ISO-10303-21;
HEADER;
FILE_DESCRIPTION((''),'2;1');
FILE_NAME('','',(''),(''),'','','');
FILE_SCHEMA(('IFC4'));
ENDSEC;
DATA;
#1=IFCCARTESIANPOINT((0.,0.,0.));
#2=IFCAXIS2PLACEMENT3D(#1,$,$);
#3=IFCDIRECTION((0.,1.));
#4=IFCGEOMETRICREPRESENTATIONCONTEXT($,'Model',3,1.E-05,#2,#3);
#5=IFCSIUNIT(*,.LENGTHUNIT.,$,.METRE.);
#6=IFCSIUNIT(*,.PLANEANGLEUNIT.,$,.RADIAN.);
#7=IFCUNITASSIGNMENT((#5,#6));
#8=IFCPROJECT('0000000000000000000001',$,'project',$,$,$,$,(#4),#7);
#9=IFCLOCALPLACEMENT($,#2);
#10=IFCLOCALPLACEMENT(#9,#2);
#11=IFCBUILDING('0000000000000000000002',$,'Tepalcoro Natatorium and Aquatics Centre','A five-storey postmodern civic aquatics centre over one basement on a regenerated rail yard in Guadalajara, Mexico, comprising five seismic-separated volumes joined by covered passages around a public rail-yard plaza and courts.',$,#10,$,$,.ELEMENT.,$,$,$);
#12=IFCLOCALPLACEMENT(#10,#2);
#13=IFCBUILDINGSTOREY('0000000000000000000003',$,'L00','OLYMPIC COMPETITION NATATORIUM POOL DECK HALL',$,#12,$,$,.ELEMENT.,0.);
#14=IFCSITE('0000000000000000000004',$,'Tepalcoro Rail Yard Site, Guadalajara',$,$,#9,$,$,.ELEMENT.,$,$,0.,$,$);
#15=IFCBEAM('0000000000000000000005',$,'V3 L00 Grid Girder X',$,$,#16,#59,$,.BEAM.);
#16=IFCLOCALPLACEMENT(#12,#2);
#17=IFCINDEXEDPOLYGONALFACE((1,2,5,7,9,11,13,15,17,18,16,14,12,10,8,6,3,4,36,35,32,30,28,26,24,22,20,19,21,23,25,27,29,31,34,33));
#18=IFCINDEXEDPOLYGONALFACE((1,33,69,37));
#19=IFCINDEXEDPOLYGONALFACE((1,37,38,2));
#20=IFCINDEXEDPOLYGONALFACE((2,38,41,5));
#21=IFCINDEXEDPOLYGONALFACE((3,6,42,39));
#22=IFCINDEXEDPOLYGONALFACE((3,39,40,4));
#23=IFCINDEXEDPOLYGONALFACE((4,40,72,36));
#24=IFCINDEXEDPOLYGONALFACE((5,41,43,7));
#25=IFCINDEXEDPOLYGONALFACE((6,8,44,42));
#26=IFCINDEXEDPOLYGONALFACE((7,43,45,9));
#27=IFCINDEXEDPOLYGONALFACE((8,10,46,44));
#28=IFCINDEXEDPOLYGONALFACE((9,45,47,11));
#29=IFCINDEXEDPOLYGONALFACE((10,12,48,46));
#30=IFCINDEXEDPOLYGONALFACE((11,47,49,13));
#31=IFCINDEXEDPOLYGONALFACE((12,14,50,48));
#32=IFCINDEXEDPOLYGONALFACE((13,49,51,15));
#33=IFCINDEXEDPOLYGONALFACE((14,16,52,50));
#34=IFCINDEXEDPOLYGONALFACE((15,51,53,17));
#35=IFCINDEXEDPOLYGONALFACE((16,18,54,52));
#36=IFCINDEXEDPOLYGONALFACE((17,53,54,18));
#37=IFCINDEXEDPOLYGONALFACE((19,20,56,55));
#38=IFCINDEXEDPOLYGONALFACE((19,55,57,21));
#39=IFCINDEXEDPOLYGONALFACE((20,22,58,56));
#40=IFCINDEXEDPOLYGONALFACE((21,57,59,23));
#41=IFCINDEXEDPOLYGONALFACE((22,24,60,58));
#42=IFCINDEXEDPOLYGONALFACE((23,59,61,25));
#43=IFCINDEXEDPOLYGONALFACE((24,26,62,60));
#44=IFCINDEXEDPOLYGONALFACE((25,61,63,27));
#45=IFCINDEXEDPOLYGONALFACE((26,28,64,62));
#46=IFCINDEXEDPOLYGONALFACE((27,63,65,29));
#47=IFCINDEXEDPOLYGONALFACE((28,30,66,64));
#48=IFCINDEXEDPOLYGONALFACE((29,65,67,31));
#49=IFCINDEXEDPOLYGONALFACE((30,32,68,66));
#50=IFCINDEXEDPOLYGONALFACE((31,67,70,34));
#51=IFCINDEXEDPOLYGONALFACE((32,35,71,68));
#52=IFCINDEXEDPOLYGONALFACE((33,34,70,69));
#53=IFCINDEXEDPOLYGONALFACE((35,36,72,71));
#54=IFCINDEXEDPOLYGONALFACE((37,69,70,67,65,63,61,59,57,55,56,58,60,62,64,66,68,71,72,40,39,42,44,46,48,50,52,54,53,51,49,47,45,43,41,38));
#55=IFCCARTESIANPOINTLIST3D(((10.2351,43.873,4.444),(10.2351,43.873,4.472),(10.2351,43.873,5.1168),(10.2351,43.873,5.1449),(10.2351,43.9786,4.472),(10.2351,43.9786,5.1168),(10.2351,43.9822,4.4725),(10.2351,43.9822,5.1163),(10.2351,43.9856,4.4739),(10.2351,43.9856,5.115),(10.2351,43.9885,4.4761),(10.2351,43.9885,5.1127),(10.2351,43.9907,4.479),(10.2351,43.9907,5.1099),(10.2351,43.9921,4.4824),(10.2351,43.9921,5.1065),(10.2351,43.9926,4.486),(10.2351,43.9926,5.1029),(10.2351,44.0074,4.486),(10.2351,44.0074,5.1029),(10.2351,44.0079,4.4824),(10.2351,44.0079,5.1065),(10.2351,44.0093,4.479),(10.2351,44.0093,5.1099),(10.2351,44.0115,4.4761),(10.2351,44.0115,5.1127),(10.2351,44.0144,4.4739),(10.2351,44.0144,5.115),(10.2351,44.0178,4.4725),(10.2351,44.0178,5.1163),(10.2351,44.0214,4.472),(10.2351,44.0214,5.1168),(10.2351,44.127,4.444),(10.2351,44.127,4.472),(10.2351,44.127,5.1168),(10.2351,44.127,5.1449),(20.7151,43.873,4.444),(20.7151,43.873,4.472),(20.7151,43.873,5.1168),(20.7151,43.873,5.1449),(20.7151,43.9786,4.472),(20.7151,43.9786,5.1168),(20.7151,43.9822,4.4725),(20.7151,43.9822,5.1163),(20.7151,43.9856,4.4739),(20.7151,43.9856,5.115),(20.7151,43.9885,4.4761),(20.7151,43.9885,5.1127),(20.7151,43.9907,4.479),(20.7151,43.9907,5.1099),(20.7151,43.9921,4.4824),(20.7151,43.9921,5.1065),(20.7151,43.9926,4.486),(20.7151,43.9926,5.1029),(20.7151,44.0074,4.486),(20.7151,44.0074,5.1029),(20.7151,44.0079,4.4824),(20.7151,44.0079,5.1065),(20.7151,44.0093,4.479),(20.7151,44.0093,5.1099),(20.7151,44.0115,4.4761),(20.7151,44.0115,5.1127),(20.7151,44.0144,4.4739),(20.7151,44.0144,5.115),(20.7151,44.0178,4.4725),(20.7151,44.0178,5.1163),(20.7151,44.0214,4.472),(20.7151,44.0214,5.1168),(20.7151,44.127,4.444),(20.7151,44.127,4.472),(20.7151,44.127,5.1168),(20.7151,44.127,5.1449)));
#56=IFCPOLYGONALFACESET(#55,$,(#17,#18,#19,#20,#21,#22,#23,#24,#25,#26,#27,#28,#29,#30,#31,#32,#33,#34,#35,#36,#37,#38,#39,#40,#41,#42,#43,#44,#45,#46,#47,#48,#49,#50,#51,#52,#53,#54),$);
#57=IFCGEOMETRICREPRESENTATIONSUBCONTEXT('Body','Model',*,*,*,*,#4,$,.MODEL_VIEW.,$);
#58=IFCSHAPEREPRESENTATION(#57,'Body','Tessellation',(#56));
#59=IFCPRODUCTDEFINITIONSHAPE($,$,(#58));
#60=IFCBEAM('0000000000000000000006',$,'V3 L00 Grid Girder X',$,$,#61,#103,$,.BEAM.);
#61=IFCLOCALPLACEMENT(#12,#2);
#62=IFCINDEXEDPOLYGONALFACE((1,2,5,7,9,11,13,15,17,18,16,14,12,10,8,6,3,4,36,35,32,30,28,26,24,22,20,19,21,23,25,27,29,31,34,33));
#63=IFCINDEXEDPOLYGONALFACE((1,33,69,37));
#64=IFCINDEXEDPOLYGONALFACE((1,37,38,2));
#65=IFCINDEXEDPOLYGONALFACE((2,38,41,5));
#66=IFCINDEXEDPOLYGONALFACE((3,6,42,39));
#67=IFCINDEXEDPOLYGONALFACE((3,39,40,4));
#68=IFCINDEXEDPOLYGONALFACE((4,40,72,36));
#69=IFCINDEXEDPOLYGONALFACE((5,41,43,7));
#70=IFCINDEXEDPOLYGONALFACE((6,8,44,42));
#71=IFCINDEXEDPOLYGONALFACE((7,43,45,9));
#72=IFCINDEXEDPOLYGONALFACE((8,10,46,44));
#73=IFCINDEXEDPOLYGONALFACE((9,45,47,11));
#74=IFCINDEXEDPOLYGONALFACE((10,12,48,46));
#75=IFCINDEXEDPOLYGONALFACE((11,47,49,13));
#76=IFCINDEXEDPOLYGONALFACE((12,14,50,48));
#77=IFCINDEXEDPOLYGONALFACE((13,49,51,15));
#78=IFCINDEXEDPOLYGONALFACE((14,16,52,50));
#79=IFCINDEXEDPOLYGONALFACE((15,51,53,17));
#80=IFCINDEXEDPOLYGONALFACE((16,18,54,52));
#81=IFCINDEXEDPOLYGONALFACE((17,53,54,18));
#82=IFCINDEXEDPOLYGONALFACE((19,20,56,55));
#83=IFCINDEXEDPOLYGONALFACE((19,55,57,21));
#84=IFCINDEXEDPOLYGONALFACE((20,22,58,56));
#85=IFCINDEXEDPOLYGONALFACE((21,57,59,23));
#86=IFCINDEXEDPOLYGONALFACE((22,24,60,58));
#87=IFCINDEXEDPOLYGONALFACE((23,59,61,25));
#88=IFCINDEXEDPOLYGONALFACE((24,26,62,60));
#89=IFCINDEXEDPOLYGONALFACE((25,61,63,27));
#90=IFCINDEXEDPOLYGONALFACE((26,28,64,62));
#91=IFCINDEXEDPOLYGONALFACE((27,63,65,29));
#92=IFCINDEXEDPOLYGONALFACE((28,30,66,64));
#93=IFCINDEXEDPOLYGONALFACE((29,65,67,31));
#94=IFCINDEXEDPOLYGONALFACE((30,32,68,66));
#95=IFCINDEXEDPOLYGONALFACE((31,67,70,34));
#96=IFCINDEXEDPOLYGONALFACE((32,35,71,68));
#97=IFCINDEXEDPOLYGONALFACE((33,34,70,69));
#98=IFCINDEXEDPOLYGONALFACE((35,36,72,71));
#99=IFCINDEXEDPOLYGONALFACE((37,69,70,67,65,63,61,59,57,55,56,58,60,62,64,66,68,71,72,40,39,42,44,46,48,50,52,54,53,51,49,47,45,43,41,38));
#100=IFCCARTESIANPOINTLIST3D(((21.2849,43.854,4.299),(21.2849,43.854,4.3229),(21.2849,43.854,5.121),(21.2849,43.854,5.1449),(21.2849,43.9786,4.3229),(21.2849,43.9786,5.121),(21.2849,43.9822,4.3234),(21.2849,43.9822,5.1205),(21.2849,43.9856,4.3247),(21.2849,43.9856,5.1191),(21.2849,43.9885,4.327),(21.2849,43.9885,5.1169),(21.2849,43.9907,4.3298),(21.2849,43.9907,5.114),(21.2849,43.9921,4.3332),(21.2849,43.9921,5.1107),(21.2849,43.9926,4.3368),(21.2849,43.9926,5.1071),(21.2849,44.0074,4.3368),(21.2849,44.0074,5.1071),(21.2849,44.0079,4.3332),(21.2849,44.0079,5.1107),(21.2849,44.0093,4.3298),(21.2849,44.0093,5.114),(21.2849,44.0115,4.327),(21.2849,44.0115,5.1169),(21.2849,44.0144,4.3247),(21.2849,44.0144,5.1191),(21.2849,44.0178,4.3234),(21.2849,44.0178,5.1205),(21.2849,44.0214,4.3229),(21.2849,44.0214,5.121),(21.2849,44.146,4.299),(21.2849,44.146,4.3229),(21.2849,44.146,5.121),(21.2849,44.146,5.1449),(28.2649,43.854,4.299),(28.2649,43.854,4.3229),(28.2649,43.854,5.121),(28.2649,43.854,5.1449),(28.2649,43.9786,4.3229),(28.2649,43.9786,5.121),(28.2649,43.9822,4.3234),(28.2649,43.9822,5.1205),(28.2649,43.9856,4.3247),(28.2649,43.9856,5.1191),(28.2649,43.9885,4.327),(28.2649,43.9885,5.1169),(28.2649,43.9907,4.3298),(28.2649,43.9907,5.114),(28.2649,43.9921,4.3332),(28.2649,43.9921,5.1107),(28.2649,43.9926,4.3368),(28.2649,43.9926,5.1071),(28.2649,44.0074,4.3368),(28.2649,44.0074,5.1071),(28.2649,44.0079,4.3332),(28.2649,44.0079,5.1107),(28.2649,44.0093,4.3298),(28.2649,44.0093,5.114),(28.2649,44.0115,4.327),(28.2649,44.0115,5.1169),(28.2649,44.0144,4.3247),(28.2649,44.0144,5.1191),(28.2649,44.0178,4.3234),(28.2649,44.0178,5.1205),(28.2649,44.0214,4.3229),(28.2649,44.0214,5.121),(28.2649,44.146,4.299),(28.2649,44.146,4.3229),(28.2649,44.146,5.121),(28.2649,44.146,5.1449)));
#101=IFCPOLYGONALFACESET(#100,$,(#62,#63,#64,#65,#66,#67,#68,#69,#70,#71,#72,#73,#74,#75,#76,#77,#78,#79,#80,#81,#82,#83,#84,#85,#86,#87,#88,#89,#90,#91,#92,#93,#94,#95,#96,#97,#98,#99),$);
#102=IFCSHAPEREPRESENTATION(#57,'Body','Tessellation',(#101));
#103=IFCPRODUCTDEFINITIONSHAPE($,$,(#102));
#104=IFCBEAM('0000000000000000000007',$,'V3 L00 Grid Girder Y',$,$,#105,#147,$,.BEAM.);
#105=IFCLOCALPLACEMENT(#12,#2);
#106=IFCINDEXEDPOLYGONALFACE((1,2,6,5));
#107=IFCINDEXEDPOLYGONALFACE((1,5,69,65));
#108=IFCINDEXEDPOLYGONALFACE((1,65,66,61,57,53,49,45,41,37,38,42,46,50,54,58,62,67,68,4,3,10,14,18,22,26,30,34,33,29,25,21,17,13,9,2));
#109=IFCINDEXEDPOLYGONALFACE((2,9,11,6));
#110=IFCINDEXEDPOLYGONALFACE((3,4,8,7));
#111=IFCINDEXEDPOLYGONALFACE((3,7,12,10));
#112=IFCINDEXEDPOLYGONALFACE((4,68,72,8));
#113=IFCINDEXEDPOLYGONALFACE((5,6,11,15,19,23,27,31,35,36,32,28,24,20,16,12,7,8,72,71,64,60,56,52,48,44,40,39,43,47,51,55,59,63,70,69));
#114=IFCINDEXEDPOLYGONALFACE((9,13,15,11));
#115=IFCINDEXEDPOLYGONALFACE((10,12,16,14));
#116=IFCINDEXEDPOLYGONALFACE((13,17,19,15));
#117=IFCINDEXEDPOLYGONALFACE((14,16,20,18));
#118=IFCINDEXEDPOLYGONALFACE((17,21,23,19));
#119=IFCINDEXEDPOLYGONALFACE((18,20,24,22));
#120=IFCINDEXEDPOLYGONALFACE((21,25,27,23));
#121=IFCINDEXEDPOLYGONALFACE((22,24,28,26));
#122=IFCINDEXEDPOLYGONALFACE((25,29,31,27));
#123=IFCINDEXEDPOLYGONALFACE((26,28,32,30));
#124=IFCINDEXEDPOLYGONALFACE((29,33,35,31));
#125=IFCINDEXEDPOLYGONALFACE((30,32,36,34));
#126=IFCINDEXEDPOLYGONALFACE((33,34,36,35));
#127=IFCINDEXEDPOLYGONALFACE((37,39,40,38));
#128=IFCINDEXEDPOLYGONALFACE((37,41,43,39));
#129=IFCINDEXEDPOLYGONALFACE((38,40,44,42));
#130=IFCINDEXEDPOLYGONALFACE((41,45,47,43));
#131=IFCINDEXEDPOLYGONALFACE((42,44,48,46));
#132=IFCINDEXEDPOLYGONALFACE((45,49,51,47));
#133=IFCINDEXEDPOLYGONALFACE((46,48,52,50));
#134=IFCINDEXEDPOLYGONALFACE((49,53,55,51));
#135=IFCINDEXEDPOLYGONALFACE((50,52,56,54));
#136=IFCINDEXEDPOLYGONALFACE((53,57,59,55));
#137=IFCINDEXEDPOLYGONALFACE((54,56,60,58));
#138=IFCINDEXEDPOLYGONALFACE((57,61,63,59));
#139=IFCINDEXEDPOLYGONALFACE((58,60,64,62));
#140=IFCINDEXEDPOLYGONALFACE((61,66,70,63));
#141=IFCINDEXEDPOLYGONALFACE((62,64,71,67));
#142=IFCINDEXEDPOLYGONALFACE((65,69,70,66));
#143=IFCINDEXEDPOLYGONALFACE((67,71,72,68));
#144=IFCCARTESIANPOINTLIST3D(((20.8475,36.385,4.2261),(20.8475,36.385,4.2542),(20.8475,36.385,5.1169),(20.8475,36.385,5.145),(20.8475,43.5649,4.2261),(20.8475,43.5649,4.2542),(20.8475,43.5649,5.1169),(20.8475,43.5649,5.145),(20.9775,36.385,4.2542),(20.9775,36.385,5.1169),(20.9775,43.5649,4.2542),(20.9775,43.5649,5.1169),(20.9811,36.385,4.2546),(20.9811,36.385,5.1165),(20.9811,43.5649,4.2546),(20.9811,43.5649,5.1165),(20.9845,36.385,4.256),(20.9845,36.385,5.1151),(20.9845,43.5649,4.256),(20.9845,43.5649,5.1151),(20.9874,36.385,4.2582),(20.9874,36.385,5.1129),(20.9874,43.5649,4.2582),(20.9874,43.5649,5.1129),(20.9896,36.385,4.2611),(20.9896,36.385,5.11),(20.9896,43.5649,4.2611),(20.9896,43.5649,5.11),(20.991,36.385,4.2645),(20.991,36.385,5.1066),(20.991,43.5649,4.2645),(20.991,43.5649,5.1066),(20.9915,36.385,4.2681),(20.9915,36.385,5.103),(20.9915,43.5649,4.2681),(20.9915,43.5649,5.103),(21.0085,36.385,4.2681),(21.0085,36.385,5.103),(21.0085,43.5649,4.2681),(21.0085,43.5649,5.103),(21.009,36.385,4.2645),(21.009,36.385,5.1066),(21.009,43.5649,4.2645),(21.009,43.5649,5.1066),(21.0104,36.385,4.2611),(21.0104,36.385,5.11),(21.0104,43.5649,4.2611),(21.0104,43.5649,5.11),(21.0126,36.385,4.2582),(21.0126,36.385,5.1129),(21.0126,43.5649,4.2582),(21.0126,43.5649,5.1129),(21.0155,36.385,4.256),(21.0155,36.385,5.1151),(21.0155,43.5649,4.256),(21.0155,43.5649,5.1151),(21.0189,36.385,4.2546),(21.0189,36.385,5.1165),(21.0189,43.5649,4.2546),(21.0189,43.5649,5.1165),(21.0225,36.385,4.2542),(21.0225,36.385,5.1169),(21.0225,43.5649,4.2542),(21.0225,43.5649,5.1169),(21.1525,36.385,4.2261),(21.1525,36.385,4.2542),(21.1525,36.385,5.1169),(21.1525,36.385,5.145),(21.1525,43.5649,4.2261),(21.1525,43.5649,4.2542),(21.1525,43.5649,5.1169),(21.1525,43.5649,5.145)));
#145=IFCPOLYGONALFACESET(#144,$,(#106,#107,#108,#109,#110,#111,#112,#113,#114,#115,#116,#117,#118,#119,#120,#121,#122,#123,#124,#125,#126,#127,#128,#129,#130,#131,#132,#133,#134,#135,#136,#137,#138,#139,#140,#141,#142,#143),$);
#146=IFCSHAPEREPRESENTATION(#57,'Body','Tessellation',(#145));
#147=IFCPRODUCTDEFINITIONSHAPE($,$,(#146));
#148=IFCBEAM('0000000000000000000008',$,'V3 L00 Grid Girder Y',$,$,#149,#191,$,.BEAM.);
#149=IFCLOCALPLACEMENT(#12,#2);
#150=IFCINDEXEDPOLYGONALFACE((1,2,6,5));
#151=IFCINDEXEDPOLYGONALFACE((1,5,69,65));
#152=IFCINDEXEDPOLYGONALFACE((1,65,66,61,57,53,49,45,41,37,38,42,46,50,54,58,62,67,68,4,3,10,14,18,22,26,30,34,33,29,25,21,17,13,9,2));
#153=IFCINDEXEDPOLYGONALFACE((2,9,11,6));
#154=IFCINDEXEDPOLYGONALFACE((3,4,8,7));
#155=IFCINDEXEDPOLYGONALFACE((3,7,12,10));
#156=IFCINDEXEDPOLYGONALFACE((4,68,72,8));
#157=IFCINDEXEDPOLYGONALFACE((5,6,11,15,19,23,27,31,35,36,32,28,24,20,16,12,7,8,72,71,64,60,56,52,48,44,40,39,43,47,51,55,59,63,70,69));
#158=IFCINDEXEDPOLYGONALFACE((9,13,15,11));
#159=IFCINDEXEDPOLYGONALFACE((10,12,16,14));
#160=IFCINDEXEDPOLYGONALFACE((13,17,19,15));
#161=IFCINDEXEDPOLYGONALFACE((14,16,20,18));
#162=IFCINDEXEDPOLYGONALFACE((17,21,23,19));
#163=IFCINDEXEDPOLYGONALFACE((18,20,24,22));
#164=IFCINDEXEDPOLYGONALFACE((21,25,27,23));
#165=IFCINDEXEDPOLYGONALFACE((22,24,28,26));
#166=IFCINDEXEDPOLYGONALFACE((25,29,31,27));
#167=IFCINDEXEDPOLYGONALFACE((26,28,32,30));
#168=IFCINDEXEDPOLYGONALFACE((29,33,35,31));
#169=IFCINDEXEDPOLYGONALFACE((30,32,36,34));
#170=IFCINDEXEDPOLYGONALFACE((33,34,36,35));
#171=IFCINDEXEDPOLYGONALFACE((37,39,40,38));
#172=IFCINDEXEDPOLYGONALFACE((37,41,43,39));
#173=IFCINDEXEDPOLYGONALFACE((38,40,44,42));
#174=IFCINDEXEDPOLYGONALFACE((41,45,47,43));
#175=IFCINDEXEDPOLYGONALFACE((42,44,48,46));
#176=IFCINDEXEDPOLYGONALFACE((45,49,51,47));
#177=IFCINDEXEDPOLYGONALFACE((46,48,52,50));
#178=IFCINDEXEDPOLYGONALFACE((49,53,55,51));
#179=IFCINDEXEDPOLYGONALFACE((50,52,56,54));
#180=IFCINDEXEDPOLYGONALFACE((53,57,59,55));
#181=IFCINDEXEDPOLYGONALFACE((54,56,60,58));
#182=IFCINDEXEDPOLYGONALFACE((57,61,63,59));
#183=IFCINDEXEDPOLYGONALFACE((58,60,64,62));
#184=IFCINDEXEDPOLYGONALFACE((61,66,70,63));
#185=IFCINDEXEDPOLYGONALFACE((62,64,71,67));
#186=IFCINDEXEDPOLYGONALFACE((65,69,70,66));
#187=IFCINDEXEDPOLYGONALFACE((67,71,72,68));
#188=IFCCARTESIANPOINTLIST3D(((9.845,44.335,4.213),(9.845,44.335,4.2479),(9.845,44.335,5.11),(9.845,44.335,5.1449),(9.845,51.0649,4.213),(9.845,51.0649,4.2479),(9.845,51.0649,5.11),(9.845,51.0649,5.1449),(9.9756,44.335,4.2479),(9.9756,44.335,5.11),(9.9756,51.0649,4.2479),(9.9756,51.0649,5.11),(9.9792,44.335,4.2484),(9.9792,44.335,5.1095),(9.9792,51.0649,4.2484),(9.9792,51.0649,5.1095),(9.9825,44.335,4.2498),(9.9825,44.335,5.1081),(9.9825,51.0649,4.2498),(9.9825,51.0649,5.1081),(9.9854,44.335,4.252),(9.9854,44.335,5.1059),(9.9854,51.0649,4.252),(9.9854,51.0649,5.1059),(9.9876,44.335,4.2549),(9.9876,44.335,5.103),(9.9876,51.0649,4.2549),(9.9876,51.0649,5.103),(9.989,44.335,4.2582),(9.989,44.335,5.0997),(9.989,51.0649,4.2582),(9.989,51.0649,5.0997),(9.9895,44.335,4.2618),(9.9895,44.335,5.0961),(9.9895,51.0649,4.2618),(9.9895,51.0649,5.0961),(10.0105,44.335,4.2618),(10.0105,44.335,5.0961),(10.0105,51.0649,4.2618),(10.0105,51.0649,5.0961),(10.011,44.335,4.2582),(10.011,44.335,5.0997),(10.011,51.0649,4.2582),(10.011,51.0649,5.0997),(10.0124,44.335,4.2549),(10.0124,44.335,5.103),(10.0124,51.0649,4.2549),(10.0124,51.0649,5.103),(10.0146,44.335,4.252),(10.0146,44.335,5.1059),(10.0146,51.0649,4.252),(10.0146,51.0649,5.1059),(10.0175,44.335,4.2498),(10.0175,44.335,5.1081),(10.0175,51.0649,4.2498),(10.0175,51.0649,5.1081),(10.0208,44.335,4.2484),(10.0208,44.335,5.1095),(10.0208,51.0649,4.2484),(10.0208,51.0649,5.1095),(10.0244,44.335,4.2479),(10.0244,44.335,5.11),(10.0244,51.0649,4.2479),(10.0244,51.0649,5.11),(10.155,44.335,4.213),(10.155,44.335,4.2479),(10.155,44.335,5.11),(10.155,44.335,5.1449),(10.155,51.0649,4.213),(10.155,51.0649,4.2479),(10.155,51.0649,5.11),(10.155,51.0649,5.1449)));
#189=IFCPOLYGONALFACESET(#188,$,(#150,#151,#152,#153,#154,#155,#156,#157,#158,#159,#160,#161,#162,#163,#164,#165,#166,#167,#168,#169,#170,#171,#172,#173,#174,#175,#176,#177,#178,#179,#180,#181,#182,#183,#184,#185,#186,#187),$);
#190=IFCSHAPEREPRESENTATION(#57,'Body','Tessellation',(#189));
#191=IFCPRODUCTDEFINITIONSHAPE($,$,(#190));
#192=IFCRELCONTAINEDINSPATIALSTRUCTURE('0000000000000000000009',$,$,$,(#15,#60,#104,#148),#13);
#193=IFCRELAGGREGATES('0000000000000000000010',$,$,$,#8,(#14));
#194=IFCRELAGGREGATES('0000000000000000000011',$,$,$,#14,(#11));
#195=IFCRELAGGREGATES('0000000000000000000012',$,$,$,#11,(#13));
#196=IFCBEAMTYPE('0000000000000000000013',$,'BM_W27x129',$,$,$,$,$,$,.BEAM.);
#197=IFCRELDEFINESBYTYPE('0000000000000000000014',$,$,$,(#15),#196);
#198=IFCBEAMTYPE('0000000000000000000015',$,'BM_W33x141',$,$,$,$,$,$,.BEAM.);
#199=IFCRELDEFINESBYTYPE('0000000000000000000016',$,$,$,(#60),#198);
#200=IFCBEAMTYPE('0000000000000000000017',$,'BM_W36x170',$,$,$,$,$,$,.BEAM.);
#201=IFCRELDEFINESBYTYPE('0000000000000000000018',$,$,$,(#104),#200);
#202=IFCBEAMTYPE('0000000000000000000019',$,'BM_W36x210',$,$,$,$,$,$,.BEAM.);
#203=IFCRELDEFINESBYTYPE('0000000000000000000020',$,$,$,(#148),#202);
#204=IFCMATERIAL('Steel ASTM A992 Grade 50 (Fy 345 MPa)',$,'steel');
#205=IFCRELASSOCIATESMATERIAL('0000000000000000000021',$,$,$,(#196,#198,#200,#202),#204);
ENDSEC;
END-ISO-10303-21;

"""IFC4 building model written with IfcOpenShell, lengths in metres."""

from ifc_helpers import new_model, si_unit, direction, frame, origin, origin_2d, place, context, subcontext, project, spatial, i_section, extrude, material, material_profile, profile_set, type_object, element, save


model = new_model("IFC4")

# Units and contexts
model_context = context("Model", 3, precision=1e-05, world=origin(), true_north=direction((0.0, 1.0)))
body_context = subcontext(model_context, "Body", "Model", "MODEL_VIEW")
ifc_project = project(units=[si_unit("LENGTHUNIT", "METRE"), si_unit("PLANEANGLEUNIT", "RADIAN")], contexts=[model_context])

# Site, building, storey
site_placement = place(None, origin())
site = spatial("IfcSite", under=ifc_project, at=site_placement, Name="Tepalcoro Rail Yard Site, Guadalajara", CompositionType="ELEMENT", RefElevation=0.0)
building_placement = place(site_placement, origin())
building = spatial("IfcBuilding", under=site, at=building_placement, Name="Tepalcoro Natatorium and Aquatics Centre", Description="A five-storey postmodern civic aquatics centre over one basement on a regenerated rail yard in Guadalajara, Mexico, comprising five seismic-separated volumes joined by covered passages around a public rail-yard plaza and courts.", CompositionType="ELEMENT")
storey_placement = place(building_placement, origin())
storey = spatial("IfcBuildingStorey", under=building, at=storey_placement, Name="L00", Description="OLYMPIC COMPETITION NATATORIUM POOL DECK HALL", CompositionType="ELEMENT", Elevation=0.0)

# Beams
ifc_material_1 = material(Name="Steel ASTM A992 Grade 50 (Fy 345 MPa)", Category="steel")
ifc_material_profile_1 = material_profile(ifc_material_1, i_section(OverallWidth=0.2539, OverallDepth=0.7009, WebThickness=0.0149, FlangeThickness=0.0281, FilletRadius=0.0139, at=origin_2d()), Name="W27X129")
ifc_profile_set_1 = profile_set([ifc_material_profile_1], Name="Steel ASTM A992 Grade 50 (Fy 345 MPa)")
beam_type_1 = type_object("IfcBeamType", Name="BM_W27x129", PredefinedType="BEAM", material=ifc_profile_set_1)
beam_1_placement = place(storey_placement, frame((10.2351, 44.0, 4.7944), z_axis=(1.0, 0.0, 0.0), x_axis=(0.0, 1.0, 0.0)))
element("IfcBeam", 1, at=beam_1_placement, inside=storey, type_object=beam_type_1, Name="V3 L00 Grid Girder X", PredefinedType="BEAM", context=body_context, shape_type="SweptSolid", body=[
    extrude(i_section(OverallWidth=0.2539, OverallDepth=0.7009, WebThickness=0.0149, FlangeThickness=0.0281, FilletRadius=0.0139, at=origin_2d()), origin(), (0.0, 0.0, 1.0), 10.48),
])
ifc_material_profile_2 = material_profile(ifc_material_1, i_section(OverallWidth=0.292, OverallDepth=0.8459, WebThickness=0.0149, FlangeThickness=0.0239, FilletRadius=0.0139, at=origin_2d()), Name="W33X141")
ifc_profile_set_2 = profile_set([ifc_material_profile_2], Name="Steel ASTM A992 Grade 50 (Fy 345 MPa)")
beam_type_2 = type_object("IfcBeamType", Name="BM_W33x141", PredefinedType="BEAM", material=ifc_profile_set_2)
beam_2_placement = place(storey_placement, frame((21.2849, 44.0, 4.7219), z_axis=(1.0, 0.0, 0.0), x_axis=(0.0, 1.0, 0.0)))
element("IfcBeam", 2, at=beam_2_placement, inside=storey, type_object=beam_type_2, Name="V3 L00 Grid Girder X", PredefinedType="BEAM", context=body_context, shape_type="SweptSolid", body=[
    extrude(i_section(OverallWidth=0.292, OverallDepth=0.8459, WebThickness=0.0149, FlangeThickness=0.0239, FilletRadius=0.0139, at=origin_2d()), origin(), (0.0, 0.0, 1.0), 6.98),
])
ifc_material_profile_3 = material_profile(ifc_material_1, i_section(OverallWidth=0.3049, OverallDepth=0.9189, WebThickness=0.0171, FlangeThickness=0.0281, FilletRadius=0.0139, at=origin_2d()), Name="W36X170")
ifc_profile_set_3 = profile_set([ifc_material_profile_3], Name="Steel ASTM A992 Grade 50 (Fy 345 MPa)")
beam_type_3 = type_object("IfcBeamType", Name="BM_W36x170", PredefinedType="BEAM", material=ifc_profile_set_3)
beam_3_placement = place(storey_placement, frame((21.0, 36.385, 4.6855), z_axis=(0.0, 1.0, 0.0), x_axis=(-1.0, 0.0, 0.0)))
element("IfcBeam", 3, at=beam_3_placement, inside=storey, type_object=beam_type_3, Name="V3 L00 Grid Girder Y", PredefinedType="BEAM", context=body_context, shape_type="SweptSolid", body=[
    extrude(i_section(OverallWidth=0.3049, OverallDepth=0.9189, WebThickness=0.0171, FlangeThickness=0.0281, FilletRadius=0.0139, at=origin_2d()), origin(), (0.0, 0.0, 1.0), 7.1799),
])
ifc_material_profile_4 = material_profile(ifc_material_1, i_section(OverallWidth=0.3101, OverallDepth=0.9319, WebThickness=0.021, FlangeThickness=0.0349, FilletRadius=0.0139, at=origin_2d()), Name="W36X210")
ifc_profile_set_4 = profile_set([ifc_material_profile_4], Name="Steel ASTM A992 Grade 50 (Fy 345 MPa)")
beam_type_4 = type_object("IfcBeamType", Name="BM_W36x210", PredefinedType="BEAM", material=ifc_profile_set_4)
beam_4_placement = place(storey_placement, frame((10.0, 44.335, 4.679), z_axis=(0.0, 1.0, 0.0), x_axis=(-1.0, 0.0, 0.0)))
element("IfcBeam", 4, at=beam_4_placement, inside=storey, type_object=beam_type_4, Name="V3 L00 Grid Girder Y", PredefinedType="BEAM", context=body_context, shape_type="SweptSolid", body=[
    extrude(i_section(OverallWidth=0.3101, OverallDepth=0.9319, WebThickness=0.021, FlangeThickness=0.0349, FilletRadius=0.0139, at=origin_2d()), origin(), (0.0, 0.0, 1.0), 6.73),
])

save(model, "model.ifc")
